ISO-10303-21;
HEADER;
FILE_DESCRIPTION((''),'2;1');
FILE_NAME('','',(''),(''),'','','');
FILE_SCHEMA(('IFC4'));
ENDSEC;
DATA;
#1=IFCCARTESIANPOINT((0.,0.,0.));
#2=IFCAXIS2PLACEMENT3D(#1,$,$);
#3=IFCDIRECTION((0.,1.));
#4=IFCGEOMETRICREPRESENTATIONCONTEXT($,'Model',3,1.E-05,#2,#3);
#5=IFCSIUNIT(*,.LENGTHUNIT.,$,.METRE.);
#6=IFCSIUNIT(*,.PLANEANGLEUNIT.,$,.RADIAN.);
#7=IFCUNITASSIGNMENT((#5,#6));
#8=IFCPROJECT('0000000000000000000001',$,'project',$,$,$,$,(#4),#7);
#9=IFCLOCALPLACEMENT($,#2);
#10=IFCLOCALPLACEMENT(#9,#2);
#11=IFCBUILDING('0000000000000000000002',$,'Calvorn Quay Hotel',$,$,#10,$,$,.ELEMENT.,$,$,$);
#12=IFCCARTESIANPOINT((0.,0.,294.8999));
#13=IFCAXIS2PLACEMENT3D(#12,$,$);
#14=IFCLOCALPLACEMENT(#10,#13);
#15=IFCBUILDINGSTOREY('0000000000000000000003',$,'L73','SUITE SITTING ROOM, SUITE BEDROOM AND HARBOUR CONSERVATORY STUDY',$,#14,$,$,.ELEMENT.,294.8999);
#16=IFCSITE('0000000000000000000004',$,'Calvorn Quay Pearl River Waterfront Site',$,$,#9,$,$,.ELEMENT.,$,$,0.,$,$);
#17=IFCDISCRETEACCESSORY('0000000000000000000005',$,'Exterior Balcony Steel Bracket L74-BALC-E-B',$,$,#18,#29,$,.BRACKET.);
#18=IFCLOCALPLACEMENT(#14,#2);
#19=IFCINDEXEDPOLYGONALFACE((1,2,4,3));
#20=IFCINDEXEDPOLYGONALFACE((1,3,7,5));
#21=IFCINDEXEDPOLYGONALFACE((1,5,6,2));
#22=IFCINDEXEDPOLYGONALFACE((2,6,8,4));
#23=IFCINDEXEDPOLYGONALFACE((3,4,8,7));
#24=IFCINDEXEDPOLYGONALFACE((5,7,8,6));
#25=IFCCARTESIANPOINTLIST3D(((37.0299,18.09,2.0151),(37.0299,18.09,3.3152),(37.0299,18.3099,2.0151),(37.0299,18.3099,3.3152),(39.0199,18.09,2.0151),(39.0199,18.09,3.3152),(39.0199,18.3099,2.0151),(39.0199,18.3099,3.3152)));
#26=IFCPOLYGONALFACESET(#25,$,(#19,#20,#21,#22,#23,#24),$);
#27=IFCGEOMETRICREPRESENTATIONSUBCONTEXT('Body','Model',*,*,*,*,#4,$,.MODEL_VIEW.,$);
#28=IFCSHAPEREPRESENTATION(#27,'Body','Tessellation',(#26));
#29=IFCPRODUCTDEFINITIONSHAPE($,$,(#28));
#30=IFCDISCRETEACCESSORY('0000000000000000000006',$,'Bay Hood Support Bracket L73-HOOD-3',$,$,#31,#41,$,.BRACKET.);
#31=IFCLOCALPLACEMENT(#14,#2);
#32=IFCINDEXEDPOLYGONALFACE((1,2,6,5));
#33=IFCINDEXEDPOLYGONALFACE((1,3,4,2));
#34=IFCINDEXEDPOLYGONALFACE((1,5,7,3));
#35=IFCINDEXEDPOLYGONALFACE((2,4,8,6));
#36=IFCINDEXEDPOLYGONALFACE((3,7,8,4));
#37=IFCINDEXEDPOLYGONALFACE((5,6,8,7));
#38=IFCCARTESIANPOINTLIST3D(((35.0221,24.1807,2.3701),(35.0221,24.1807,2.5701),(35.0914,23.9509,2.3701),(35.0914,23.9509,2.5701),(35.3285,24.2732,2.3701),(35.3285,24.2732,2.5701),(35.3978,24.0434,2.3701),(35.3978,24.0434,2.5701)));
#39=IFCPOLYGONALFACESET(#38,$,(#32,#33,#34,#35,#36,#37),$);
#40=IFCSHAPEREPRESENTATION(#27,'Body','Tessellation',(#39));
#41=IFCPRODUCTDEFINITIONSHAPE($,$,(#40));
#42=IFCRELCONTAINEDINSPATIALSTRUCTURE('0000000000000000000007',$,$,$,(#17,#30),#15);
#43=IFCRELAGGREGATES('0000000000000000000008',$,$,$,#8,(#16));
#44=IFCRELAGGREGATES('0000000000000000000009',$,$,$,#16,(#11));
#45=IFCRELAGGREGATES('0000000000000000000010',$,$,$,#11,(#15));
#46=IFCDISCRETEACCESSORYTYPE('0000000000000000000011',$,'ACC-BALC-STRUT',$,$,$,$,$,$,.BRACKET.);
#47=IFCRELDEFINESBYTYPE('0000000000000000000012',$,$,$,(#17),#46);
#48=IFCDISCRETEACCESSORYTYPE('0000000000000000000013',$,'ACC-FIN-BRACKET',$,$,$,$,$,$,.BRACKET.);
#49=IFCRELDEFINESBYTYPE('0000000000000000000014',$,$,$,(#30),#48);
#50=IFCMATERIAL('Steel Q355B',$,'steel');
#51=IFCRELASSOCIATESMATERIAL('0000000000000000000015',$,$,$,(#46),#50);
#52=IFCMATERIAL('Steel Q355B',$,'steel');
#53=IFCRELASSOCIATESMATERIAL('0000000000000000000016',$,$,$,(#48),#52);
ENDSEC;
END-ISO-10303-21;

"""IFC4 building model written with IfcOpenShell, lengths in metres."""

from ifc_helpers import new_model, si_unit, direction, frame, origin, origin_2d, place, context, subcontext, project, spatial, rectangle, extrude, material, type_object, element, save


model = new_model("IFC4")

# Units and contexts
model_context = context("Model", 3, precision=1e-05, world=origin(), true_north=direction((0.0, 1.0)))
body_context = subcontext(model_context, "Body", "Model", "MODEL_VIEW")
ifc_project = project(units=[si_unit("LENGTHUNIT", "METRE"), si_unit("PLANEANGLEUNIT", "RADIAN")], contexts=[model_context])

# Site, building, storey
site_placement = place(None, origin())
site = spatial("IfcSite", under=ifc_project, at=site_placement, Name="Calvorn Quay Pearl River Waterfront Site", CompositionType="ELEMENT", RefElevation=0.0)
building_placement = place(site_placement, origin())
building = spatial("IfcBuilding", under=site, at=building_placement, Name="Calvorn Quay Hotel", CompositionType="ELEMENT")
storey_placement = place(building_placement, frame((0.0, 0.0, 294.8999)))
storey = spatial("IfcBuildingStorey", under=building, at=storey_placement, Name="L73", Description="SUITE SITTING ROOM, SUITE BEDROOM AND HARBOUR CONSERVATORY STUDY", CompositionType="ELEMENT", Elevation=294.8999)

# Discrete accessories
ifc_material_1 = material(Name="Steel Q355B", Category="steel")
discrete_accessory_type_1 = type_object("IfcDiscreteAccessoryType", Name="ACC-BALC-STRUT", PredefinedType="BRACKET", material=ifc_material_1)
discrete_accessory_1_placement = place(storey_placement, frame((38.0249, 18.2, 2.0151), z_axis=(0.0, 0.0, 1.0), x_axis=(1.0, 0.0, 0.0)))
element("IfcDiscreteAccessory", 1, at=discrete_accessory_1_placement, inside=storey, type_object=discrete_accessory_type_1, Name="Exterior Balcony Steel Bracket L74-BALC-E-B", PredefinedType="BRACKET", context=body_context, shape_type="SweptSolid", body=[
    extrude(rectangle(XDim=1.99, YDim=0.22, at=origin_2d()), origin(), (0.0, 0.0, 1.0), 1.3),
])
ifc_material_2 = material(Name="Steel Q355B", Category="steel")
discrete_accessory_type_2 = type_object("IfcDiscreteAccessoryType", Name="ACC-FIN-BRACKET", PredefinedType="BRACKET", material=ifc_material_2)
discrete_accessory_2_placement = place(storey_placement, frame((35.21, 24.1121, 2.3701), z_axis=(0.0, 0.0, 1.0), x_axis=(0.957319, 0.289032, 0.0)))
element("IfcDiscreteAccessory", 2, at=discrete_accessory_2_placement, inside=storey, type_object=discrete_accessory_type_2, Name="Bay Hood Support Bracket L73-HOOD-3", PredefinedType="BRACKET", context=body_context, shape_type="SweptSolid", body=[
    extrude(rectangle(XDim=0.3201, YDim=0.24, at=origin_2d()), origin(), (0.0, 0.0, 1.0), 0.2),
])

save(model, "model.ifc")
